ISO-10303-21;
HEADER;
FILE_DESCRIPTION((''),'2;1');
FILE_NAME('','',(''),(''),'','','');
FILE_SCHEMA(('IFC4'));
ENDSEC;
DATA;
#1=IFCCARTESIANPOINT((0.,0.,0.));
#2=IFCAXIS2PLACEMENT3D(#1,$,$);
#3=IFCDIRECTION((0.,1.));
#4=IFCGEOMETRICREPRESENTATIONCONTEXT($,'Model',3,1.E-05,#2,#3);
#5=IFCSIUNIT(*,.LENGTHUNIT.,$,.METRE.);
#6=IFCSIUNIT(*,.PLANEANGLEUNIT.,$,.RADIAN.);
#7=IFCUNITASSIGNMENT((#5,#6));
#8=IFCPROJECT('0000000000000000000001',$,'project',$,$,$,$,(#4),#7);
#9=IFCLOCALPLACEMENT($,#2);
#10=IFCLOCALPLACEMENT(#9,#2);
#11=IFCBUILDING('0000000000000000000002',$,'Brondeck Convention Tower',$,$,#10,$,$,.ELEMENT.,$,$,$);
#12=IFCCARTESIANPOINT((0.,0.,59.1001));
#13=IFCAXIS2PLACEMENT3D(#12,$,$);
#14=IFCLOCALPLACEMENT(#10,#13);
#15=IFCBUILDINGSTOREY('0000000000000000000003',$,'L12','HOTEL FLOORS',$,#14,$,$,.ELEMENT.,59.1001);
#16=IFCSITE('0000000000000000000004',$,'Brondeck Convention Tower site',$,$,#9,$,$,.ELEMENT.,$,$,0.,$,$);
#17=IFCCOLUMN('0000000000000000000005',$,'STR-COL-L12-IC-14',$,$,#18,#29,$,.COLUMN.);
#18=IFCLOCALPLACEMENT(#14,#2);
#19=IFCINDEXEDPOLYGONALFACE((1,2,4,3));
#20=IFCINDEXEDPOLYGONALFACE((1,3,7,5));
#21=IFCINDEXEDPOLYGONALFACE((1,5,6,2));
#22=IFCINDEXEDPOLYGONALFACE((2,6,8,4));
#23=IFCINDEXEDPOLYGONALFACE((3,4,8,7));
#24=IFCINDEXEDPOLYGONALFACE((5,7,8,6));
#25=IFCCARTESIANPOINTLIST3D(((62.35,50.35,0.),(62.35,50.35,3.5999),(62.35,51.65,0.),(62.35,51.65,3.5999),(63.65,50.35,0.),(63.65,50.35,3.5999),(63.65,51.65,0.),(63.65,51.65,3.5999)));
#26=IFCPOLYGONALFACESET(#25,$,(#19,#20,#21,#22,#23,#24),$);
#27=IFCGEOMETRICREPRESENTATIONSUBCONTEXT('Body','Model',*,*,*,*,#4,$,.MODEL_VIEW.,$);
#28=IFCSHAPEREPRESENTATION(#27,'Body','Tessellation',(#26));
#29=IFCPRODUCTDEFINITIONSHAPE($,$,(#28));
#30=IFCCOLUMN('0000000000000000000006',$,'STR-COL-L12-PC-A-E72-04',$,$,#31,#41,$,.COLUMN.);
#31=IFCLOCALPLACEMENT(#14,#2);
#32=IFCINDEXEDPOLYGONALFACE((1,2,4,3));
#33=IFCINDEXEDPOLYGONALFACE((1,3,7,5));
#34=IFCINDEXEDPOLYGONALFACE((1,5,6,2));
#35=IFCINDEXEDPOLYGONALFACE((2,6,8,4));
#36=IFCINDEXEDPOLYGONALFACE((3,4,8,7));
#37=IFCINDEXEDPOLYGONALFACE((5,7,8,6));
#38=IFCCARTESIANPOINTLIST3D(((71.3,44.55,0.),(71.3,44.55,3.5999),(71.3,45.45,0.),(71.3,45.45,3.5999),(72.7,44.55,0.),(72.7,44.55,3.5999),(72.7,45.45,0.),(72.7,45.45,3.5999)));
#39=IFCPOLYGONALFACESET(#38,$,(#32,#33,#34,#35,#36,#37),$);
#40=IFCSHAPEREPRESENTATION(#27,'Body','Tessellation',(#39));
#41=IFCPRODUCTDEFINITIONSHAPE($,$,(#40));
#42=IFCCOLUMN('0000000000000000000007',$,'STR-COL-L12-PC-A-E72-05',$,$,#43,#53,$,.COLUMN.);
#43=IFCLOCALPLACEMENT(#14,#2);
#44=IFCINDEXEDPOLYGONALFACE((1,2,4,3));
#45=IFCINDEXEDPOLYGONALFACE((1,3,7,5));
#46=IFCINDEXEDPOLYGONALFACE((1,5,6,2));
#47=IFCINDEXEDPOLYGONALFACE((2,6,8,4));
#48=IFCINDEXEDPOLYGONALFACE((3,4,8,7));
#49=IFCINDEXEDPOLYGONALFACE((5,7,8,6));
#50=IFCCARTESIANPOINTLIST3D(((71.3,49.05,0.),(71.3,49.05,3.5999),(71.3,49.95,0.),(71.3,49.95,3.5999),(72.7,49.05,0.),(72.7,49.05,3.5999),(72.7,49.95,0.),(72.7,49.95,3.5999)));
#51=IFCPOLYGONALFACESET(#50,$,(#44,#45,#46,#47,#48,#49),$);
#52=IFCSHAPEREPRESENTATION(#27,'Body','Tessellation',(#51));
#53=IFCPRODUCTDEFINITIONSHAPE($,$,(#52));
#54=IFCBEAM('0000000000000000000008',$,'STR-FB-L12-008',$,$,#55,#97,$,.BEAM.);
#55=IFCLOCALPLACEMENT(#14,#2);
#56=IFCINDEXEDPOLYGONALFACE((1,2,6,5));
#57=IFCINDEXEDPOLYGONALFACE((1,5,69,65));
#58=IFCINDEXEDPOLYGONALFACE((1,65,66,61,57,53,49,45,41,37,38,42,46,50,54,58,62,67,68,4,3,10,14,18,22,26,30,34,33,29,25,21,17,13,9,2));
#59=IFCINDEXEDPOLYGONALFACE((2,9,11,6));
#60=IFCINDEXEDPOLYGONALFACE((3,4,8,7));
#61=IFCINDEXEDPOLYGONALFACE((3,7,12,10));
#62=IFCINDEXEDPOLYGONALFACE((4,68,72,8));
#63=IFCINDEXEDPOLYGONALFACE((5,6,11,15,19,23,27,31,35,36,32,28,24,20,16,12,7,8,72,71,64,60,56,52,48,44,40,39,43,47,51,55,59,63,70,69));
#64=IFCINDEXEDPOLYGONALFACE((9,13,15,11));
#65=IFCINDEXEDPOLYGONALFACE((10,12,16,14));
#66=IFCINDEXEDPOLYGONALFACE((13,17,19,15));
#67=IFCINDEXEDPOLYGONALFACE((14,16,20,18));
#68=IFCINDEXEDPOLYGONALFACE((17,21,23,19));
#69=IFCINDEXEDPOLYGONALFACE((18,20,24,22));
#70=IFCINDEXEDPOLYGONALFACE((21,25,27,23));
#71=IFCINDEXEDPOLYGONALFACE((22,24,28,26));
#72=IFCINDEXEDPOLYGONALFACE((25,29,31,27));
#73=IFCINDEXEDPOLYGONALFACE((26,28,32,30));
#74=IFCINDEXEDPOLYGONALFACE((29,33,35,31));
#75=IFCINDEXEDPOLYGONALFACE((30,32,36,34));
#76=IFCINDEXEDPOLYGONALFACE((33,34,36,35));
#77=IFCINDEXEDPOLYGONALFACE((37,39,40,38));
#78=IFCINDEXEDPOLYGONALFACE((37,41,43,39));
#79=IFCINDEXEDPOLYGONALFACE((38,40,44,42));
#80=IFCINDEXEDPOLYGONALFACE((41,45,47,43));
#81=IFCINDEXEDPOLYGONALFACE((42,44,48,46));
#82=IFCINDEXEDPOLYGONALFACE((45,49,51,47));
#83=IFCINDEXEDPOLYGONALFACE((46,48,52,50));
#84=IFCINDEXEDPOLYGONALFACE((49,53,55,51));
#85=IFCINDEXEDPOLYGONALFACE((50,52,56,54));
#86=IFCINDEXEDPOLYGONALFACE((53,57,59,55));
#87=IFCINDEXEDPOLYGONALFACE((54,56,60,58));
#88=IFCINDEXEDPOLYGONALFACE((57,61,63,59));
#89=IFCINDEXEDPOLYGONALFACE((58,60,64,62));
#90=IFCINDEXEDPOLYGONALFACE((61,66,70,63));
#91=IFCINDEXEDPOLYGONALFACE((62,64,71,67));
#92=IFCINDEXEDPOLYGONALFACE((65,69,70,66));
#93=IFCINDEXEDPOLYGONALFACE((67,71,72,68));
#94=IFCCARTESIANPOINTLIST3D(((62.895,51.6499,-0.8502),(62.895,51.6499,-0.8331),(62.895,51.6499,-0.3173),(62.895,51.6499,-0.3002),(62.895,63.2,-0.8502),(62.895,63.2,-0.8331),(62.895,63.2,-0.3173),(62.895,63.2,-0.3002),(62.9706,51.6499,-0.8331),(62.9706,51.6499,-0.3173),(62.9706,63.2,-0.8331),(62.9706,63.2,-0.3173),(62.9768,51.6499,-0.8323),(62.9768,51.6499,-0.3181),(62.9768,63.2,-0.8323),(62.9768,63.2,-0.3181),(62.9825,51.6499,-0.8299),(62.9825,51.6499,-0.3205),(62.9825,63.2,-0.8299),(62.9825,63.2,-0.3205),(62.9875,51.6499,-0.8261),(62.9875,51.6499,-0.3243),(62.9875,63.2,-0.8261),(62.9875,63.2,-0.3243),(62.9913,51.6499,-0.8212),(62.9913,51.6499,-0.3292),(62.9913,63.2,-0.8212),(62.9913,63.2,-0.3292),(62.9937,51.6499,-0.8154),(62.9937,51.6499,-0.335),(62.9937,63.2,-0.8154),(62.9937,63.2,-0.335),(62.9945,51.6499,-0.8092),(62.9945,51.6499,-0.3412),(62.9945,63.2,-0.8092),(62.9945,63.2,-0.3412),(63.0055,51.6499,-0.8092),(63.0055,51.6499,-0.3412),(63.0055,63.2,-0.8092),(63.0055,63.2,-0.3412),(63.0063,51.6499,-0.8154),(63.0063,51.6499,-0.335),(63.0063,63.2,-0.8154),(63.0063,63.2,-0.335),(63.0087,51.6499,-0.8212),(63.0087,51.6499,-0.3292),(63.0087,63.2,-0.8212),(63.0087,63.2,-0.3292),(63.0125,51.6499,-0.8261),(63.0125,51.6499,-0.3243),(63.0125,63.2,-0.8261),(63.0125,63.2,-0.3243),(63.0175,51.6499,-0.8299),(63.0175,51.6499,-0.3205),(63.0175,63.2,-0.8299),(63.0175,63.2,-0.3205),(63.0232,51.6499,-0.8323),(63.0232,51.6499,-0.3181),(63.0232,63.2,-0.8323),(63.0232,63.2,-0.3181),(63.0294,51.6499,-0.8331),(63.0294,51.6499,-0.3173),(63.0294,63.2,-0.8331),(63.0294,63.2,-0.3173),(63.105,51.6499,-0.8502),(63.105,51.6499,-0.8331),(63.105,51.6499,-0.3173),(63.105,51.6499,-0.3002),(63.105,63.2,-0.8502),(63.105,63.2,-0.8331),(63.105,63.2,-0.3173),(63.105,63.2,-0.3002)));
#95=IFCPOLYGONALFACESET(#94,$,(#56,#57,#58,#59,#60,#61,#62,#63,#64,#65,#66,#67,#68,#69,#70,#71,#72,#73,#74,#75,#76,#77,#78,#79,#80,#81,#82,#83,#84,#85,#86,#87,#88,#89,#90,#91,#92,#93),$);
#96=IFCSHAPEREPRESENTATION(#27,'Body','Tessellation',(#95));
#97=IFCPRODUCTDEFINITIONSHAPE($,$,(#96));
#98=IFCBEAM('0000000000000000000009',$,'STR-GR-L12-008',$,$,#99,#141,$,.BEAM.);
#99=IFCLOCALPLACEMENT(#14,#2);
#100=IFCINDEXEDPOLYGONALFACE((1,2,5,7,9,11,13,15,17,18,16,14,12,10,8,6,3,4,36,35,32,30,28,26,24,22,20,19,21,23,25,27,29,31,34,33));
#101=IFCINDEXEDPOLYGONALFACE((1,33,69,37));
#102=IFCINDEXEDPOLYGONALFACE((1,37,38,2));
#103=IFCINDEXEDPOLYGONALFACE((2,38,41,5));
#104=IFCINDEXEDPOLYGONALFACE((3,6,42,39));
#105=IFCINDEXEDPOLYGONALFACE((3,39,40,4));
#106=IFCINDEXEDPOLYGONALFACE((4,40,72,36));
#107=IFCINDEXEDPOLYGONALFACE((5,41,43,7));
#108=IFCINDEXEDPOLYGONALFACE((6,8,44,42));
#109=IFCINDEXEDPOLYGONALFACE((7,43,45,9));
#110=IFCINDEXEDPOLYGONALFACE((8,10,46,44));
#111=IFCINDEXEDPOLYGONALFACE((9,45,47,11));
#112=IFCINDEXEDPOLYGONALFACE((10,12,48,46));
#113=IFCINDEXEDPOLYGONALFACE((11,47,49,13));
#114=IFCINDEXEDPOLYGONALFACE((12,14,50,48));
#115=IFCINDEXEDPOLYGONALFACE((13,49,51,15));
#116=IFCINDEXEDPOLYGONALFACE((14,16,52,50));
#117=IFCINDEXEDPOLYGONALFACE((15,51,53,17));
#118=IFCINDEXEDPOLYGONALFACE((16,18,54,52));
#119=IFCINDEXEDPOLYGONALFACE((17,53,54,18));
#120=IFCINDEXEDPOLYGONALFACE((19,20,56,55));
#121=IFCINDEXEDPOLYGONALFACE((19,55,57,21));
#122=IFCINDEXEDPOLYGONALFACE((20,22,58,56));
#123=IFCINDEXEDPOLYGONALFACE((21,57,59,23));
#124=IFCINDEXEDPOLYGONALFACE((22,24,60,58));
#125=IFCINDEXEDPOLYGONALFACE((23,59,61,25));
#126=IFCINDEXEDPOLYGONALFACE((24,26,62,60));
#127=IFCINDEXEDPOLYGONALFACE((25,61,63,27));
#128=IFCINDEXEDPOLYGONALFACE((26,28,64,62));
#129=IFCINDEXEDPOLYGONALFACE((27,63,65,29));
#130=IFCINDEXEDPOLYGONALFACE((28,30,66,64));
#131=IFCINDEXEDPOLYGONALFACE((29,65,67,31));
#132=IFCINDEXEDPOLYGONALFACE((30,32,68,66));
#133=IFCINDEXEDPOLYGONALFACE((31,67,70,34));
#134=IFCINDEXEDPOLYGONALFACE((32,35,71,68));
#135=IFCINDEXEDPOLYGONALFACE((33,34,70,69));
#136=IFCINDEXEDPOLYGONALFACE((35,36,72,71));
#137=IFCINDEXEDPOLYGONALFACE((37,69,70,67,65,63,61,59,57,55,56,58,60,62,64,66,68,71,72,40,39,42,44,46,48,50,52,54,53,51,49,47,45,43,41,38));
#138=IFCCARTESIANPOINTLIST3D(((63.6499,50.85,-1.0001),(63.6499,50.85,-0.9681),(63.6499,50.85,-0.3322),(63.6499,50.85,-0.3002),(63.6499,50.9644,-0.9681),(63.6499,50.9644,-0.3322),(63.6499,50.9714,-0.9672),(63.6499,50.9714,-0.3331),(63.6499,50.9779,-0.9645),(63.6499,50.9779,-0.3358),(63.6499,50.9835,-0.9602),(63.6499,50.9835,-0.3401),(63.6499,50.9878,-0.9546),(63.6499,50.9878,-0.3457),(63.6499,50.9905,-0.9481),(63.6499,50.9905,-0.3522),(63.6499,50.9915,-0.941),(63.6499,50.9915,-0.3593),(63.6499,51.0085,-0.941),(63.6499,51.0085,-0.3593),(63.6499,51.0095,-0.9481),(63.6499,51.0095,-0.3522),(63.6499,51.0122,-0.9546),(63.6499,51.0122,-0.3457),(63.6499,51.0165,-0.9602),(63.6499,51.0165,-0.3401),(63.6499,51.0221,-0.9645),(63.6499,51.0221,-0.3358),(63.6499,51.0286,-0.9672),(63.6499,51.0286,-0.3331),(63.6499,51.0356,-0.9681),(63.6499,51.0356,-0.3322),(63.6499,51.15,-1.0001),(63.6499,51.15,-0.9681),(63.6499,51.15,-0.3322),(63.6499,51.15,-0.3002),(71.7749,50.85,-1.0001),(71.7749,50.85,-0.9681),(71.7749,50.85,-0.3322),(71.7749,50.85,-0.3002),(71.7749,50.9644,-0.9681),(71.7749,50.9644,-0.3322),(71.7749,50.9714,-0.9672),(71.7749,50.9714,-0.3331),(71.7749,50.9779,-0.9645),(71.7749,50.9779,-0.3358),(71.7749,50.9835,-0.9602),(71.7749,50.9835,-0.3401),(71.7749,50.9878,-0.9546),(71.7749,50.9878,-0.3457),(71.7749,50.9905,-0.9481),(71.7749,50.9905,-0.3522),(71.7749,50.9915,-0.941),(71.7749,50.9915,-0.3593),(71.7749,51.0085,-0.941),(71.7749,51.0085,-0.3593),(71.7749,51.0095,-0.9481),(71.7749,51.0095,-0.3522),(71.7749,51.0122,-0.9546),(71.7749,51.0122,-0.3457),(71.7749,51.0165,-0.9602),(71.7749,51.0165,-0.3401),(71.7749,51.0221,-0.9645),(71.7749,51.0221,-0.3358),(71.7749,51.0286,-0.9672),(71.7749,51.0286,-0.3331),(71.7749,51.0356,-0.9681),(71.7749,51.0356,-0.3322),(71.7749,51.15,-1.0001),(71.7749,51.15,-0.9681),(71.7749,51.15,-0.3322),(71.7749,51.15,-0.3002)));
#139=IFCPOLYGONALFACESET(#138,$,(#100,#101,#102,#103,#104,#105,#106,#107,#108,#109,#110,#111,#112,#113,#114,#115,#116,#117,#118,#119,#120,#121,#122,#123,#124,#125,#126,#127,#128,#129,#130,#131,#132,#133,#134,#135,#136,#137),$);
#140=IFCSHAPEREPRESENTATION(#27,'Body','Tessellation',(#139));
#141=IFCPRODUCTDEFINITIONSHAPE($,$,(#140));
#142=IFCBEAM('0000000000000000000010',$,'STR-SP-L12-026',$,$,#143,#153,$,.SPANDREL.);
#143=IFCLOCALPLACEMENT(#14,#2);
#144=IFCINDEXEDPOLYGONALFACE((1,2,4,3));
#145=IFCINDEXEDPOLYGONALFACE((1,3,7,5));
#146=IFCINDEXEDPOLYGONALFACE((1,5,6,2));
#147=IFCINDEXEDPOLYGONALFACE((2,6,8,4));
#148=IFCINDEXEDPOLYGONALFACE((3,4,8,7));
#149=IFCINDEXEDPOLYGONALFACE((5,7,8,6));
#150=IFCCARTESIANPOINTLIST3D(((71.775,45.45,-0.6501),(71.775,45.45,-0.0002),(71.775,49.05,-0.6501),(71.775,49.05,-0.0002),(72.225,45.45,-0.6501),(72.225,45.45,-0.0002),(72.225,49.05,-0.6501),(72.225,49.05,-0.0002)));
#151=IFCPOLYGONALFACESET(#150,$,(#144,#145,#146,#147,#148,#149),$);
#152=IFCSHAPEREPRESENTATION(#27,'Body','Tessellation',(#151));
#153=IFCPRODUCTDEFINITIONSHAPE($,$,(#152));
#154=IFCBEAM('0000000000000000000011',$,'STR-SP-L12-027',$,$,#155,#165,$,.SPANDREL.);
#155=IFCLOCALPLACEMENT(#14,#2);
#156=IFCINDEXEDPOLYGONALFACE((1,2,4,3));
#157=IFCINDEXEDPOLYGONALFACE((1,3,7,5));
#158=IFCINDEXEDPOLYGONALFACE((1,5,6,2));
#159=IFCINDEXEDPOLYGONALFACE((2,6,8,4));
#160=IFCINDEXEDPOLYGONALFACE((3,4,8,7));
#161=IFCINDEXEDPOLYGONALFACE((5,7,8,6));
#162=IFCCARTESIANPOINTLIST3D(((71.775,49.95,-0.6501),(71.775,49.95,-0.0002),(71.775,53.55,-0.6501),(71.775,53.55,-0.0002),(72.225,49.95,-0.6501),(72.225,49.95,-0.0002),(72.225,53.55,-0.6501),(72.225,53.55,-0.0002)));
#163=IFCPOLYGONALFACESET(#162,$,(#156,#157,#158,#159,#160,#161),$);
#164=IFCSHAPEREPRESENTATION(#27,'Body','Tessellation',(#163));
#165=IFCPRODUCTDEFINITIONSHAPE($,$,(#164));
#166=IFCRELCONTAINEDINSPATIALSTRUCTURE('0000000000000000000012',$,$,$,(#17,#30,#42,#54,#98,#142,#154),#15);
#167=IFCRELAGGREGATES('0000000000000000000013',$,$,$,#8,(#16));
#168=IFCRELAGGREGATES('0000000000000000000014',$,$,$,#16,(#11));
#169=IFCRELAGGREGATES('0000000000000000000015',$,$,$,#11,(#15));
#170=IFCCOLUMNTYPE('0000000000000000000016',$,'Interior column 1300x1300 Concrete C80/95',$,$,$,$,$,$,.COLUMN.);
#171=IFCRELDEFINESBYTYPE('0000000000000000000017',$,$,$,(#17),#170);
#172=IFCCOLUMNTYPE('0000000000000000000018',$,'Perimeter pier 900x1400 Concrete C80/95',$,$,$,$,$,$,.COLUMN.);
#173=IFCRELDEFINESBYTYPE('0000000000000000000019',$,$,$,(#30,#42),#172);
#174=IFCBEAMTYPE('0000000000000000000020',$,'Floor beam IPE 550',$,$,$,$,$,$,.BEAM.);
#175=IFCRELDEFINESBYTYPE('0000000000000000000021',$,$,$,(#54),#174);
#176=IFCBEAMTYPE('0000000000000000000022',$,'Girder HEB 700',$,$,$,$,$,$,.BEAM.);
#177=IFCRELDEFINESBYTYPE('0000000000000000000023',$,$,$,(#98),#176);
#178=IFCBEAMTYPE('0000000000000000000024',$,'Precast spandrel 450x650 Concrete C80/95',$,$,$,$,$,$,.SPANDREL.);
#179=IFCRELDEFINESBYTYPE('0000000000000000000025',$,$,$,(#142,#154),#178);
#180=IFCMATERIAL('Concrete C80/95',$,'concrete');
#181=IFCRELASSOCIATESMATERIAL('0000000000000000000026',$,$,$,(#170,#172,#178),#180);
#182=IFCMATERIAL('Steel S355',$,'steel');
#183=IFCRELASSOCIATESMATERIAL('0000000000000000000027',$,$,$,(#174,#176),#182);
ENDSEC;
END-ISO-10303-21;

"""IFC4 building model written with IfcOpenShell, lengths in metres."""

from ifc_helpers import new_model, si_unit, direction, frame, origin, origin_2d, place, context, subcontext, project, spatial, rectangle, i_section, extrude, material, material_profile, profile_set, type_object, element, save


model = new_model("IFC4")

# Units and contexts
model_context = context("Model", 3, precision=1e-05, world=origin(), true_north=direction((0.0, 1.0)))
body_context = subcontext(model_context, "Body", "Model", "MODEL_VIEW")
ifc_project = project(units=[si_unit("LENGTHUNIT", "METRE"), si_unit("PLANEANGLEUNIT", "RADIAN")], contexts=[model_context])

# Site, building, storey
site_placement = place(None, origin())
site = spatial("IfcSite", under=ifc_project, at=site_placement, Name="Brondeck Convention Tower site", CompositionType="ELEMENT", RefElevation=0.0)
building_placement = place(site_placement, origin())
building = spatial("IfcBuilding", under=site, at=building_placement, Name="Brondeck Convention Tower", CompositionType="ELEMENT")
storey_placement = place(building_placement, frame((0.0, 0.0, 59.1001)))
storey = spatial("IfcBuildingStorey", under=building, at=storey_placement, Name="L12", Description="HOTEL FLOORS", CompositionType="ELEMENT", Elevation=59.1001)

# Columns
ifc_material_1 = material(Name="Concrete C80/95", Category="concrete")
ifc_material_profile_1 = material_profile(ifc_material_1, rectangle(XDim=1.3, YDim=1.3, at=origin_2d()), Name="Interior column 1300x1300 Concrete C80/95")
ifc_profile_set_1 = profile_set([ifc_material_profile_1], Name="Concrete C80/95")
column_type_1 = type_object("IfcColumnType", Name="Interior column 1300x1300 Concrete C80/95", PredefinedType="COLUMN", material=ifc_profile_set_1)
column_placement = place(storey_placement, frame((63.0, 51.0, 0.0), z_axis=(0.0, 0.0, 1.0), x_axis=(1.0, 0.0, 0.0)))
element("IfcColumn", 1, at=column_placement, inside=storey, type_object=column_type_1, Name="STR-COL-L12-IC-14", PredefinedType="COLUMN", context=body_context, shape_type="SweptSolid", body=[
    extrude(rectangle(XDim=1.3, YDim=1.3, at=origin_2d()), origin(), (0.0, 0.0, 1.0), 3.5999),
])
ifc_material_profile_2 = material_profile(ifc_material_1, rectangle(XDim=0.8999, YDim=1.3999, at=origin_2d()), Name="Perimeter pier 900x1400 Concrete C80/95")
ifc_profile_set_2 = profile_set([ifc_material_profile_2], Name="Concrete C80/95")
column_type_2 = type_object("IfcColumnType", Name="Perimeter pier 900x1400 Concrete C80/95", PredefinedType="COLUMN", material=ifc_profile_set_2)
for number, where, z_axis, x_axis, name in (
    (2, (72.0, 45.0, 0.0), (0.0, 0.0, 1.0), (0.0, 1.0, 0.0), "STR-COL-L12-PC-A-E72-04"),
    (3, (72.0, 49.5, 0.0), (0.0, 0.0, 1.0), (0.0, 1.0, 0.0), "STR-COL-L12-PC-A-E72-05"),
):
    element("IfcColumn", number, at=place(storey_placement, frame(where, z_axis=z_axis, x_axis=x_axis)), inside=storey, type_object=column_type_2, Name=name, PredefinedType="COLUMN", context=body_context, shape_type="SweptSolid", body=[
        extrude(rectangle(XDim=0.8999, YDim=1.3999, at=origin_2d()), origin(), (0.0, 0.0, 1.0), 3.5999),
    ])

# Beams
ifc_material_2 = material(Name="Steel S355", Category="steel")
ifc_material_profile_3 = material_profile(ifc_material_2, i_section(OverallWidth=0.21, OverallDepth=0.55, WebThickness=0.011, FlangeThickness=0.0171, FilletRadius=0.0239, at=origin_2d()), Name="IPE 550")
ifc_profile_set_3 = profile_set([ifc_material_profile_3], Name="Steel S355")
beam_type_1 = type_object("IfcBeamType", Name="Floor beam IPE 550", PredefinedType="BEAM", material=ifc_profile_set_3)
beam_1_placement = place(storey_placement, frame((63.0, 51.6499, -0.5752), z_axis=(0.0, 1.0, 0.0), x_axis=(-1.0, 0.0, 0.0)))
element("IfcBeam", 4, at=beam_1_placement, inside=storey, type_object=beam_type_1, Name="STR-FB-L12-008", PredefinedType="BEAM", context=body_context, shape_type="SweptSolid", body=[
    extrude(i_section(OverallWidth=0.21, OverallDepth=0.55, WebThickness=0.011, FlangeThickness=0.0171, FilletRadius=0.0239, at=origin_2d()), origin(), (0.0, 0.0, 1.0), 11.55),
])
ifc_material_profile_4 = material_profile(ifc_material_2, i_section(OverallWidth=0.3, OverallDepth=0.7, WebThickness=0.0171, FlangeThickness=0.032, FilletRadius=0.0271, at=origin_2d()), Name="HEB 700")
ifc_profile_set_4 = profile_set([ifc_material_profile_4], Name="Steel S355")
beam_type_2 = type_object("IfcBeamType", Name="Girder HEB 700", PredefinedType="BEAM", material=ifc_profile_set_4)
beam_2_placement = place(storey_placement, frame((63.6499, 51.0, -0.6501), z_axis=(1.0, 0.0, 0.0), x_axis=(0.0, 1.0, 0.0)))
element("IfcBeam", 5, at=beam_2_placement, inside=storey, type_object=beam_type_2, Name="STR-GR-L12-008", PredefinedType="BEAM", context=body_context, shape_type="SweptSolid", body=[
    extrude(i_section(OverallWidth=0.3, OverallDepth=0.7, WebThickness=0.0171, FlangeThickness=0.032, FilletRadius=0.0271, at=origin_2d()), origin(), (0.0, 0.0, 1.0), 8.125),
])
ifc_material_profile_5 = material_profile(ifc_material_1, rectangle(XDim=0.45, YDim=0.6499, at=origin_2d()), Name="Precast spandrel 450x650 Concrete C80/95")
ifc_profile_set_5 = profile_set([ifc_material_profile_5], Name="Concrete C80/95")
beam_type_3 = type_object("IfcBeamType", Name="Precast spandrel 450x650 Concrete C80/95", PredefinedType="SPANDREL", material=ifc_profile_set_5)
for number, where, z_axis, x_axis, name in (
    (6, (72.0, 45.45, -0.3252), (0.0, 1.0, 0.0), (-1.0, 0.0, 0.0), "STR-SP-L12-026"),
    (7, (72.0, 49.95, -0.3252), (0.0, 1.0, 0.0), (-1.0, 0.0, 0.0), "STR-SP-L12-027"),
):
    element("IfcBeam", number, at=place(storey_placement, frame(where, z_axis=z_axis, x_axis=x_axis)), inside=storey, type_object=beam_type_3, Name=name, PredefinedType="SPANDREL", context=body_context, shape_type="SweptSolid", body=[
        extrude(rectangle(XDim=0.45, YDim=0.6499, at=origin_2d()), origin(), (0.0, 0.0, 1.0), 3.6001),
    ])

save(model, "model.ifc")
